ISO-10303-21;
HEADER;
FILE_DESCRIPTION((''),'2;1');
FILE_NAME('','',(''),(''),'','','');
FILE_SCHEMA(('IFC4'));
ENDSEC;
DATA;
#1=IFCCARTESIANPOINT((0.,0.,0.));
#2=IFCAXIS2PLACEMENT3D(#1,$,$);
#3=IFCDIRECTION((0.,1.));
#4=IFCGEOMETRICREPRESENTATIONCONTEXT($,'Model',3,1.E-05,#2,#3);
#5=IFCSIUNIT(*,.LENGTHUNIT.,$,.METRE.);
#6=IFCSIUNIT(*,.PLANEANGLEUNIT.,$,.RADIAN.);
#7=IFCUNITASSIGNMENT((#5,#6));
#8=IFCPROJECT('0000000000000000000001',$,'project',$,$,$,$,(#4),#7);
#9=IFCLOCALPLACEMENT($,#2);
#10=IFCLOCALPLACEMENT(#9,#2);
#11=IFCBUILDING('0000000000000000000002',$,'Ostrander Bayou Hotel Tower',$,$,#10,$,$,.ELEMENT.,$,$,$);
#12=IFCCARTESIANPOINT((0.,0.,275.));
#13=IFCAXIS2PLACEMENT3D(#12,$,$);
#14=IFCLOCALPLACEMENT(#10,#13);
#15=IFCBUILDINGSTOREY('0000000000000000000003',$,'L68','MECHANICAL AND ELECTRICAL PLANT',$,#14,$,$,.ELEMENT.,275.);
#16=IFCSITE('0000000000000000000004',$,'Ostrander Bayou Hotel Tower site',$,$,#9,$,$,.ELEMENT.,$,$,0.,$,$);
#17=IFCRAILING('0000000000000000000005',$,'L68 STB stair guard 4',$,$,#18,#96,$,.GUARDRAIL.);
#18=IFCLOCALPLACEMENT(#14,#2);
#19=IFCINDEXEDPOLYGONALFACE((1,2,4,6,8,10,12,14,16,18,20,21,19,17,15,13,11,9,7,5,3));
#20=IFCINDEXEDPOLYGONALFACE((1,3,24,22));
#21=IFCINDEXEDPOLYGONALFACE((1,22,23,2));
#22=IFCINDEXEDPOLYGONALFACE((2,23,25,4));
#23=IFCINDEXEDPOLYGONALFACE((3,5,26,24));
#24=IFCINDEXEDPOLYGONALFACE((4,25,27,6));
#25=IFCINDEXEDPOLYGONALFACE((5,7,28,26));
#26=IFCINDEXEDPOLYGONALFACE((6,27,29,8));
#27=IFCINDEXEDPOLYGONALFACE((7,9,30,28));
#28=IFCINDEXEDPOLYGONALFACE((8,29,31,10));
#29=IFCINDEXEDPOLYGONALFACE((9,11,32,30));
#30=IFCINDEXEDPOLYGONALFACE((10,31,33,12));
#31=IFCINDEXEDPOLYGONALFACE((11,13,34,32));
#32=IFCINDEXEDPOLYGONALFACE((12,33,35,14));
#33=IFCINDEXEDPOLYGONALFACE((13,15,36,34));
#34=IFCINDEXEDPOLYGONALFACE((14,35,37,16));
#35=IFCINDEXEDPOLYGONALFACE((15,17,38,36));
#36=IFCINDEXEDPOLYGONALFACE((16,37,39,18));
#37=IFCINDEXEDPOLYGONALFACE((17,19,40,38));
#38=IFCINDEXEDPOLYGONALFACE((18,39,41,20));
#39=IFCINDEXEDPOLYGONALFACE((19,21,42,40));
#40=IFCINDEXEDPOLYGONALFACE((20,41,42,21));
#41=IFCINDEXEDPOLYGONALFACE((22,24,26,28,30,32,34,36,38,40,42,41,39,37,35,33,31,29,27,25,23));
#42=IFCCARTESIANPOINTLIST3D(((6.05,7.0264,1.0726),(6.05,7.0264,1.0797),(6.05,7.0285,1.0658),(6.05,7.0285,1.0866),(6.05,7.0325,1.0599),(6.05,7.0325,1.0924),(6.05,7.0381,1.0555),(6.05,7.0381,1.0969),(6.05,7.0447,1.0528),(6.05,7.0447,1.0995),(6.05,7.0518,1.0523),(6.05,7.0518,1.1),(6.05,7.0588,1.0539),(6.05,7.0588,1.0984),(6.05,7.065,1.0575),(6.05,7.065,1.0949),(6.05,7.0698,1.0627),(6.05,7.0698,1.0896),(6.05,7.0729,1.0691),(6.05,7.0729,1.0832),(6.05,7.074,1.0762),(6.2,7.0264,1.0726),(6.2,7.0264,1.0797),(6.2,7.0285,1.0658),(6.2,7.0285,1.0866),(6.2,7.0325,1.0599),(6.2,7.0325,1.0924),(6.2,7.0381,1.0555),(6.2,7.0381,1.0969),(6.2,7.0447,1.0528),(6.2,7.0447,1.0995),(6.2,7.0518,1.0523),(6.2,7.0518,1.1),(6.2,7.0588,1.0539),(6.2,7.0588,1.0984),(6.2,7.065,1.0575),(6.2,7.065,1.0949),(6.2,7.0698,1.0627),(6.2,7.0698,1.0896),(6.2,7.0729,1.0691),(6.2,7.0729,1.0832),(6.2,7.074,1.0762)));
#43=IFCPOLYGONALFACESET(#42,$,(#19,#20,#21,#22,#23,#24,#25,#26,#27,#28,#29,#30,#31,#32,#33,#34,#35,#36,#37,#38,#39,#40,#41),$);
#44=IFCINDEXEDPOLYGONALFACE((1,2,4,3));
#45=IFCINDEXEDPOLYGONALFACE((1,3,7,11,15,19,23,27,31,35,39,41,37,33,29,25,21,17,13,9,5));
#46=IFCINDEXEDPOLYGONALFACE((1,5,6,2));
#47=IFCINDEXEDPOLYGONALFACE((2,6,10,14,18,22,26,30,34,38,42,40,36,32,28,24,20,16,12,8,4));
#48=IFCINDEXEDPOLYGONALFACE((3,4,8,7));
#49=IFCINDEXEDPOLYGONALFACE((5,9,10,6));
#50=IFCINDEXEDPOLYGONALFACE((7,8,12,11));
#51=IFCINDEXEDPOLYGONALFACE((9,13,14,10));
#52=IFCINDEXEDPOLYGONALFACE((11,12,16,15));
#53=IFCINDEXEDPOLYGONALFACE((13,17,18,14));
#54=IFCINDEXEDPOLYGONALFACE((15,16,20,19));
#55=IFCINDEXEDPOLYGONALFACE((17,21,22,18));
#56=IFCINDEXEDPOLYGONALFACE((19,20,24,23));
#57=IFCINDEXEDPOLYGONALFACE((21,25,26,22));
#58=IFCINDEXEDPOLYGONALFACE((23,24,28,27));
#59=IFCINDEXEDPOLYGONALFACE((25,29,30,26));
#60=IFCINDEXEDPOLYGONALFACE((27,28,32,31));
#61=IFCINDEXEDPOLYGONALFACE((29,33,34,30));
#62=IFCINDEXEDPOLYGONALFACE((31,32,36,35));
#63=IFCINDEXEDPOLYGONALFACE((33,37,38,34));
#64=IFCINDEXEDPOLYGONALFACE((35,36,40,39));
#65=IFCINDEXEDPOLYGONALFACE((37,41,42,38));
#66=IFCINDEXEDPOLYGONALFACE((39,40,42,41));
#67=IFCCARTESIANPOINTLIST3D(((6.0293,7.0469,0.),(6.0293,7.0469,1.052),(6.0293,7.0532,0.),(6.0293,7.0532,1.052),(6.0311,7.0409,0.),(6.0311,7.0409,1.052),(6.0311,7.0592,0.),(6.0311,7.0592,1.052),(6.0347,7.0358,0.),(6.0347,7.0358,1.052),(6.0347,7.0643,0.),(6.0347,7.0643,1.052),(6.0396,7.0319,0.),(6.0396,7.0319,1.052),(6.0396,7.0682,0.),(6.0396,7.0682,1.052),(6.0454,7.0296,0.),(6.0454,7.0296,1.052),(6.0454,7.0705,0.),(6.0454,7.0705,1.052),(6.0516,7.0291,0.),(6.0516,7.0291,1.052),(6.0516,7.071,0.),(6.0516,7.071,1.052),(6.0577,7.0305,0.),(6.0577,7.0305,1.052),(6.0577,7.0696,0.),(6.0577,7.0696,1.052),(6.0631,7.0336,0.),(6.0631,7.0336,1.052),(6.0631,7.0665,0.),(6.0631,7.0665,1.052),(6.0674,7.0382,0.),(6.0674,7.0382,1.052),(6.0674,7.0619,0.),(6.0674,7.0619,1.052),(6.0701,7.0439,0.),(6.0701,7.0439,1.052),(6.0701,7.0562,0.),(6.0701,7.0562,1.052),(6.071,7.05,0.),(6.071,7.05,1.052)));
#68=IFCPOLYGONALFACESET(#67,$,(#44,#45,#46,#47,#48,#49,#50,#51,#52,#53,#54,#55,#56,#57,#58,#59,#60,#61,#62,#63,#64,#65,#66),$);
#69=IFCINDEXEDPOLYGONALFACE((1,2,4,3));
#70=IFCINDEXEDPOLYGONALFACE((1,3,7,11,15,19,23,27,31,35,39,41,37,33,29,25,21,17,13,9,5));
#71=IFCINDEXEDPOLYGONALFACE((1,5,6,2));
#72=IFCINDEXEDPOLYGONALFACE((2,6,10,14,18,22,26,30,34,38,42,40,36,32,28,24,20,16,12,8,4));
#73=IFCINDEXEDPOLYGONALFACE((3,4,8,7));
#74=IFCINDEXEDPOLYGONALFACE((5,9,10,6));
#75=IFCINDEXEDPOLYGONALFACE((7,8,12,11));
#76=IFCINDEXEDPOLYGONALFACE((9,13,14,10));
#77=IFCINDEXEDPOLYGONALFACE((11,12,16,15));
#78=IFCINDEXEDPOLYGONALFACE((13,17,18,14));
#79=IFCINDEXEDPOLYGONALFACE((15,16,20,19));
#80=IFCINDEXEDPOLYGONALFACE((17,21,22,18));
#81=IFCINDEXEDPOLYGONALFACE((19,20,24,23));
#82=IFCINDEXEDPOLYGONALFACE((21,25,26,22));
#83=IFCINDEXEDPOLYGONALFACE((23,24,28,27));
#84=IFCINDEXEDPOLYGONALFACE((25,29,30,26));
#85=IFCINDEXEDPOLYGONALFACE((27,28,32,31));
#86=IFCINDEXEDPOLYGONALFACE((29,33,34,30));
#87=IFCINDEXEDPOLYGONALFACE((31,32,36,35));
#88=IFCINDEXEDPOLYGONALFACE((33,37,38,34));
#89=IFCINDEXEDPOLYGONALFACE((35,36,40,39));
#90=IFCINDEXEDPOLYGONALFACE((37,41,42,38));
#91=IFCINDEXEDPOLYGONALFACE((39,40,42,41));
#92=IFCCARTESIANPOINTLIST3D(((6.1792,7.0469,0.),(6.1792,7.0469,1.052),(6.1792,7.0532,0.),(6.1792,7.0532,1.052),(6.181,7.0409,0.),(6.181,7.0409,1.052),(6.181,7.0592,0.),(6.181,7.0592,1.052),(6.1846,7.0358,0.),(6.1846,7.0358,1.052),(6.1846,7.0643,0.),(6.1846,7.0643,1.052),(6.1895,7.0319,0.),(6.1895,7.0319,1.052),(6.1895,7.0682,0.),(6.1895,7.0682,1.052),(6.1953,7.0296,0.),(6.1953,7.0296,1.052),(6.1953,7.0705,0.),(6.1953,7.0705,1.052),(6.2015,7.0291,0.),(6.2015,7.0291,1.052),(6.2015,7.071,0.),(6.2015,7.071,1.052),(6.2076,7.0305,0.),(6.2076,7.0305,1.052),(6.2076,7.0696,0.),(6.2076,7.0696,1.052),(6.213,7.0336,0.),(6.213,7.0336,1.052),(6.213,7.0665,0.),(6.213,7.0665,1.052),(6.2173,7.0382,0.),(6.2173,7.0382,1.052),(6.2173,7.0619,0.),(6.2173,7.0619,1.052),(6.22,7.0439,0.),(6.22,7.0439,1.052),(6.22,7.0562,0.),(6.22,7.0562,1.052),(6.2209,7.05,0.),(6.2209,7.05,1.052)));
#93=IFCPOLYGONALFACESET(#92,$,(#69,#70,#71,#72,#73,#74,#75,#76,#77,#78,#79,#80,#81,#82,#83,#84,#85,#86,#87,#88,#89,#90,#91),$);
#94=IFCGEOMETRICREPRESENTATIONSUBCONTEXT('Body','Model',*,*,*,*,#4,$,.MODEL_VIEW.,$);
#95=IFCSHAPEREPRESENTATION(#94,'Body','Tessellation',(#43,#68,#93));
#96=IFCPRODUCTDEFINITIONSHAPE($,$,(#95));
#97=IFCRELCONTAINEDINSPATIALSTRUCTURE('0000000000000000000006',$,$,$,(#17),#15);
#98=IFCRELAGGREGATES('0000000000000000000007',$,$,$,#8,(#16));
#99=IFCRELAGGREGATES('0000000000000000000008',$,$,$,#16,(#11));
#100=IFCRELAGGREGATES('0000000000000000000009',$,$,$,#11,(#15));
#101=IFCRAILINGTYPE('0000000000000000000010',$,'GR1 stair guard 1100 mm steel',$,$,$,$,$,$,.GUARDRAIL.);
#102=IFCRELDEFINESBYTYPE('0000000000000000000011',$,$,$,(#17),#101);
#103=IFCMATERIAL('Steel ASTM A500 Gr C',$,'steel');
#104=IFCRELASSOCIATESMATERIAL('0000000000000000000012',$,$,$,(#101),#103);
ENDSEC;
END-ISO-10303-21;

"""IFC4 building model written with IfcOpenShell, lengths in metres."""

from ifc_helpers import new_model, si_unit, direction, frame, origin, origin_2d, place, context, subcontext, project, spatial, circle, extrude, material, type_object, element, save


model = new_model("IFC4")

# Units and contexts
model_context = context("Model", 3, precision=1e-05, world=origin(), true_north=direction((0.0, 1.0)))
body_context = subcontext(model_context, "Body", "Model", "MODEL_VIEW")
ifc_project = project(units=[si_unit("LENGTHUNIT", "METRE"), si_unit("PLANEANGLEUNIT", "RADIAN")], contexts=[model_context])

# Site, building, storey
site_placement = place(None, origin())
site = spatial("IfcSite", under=ifc_project, at=site_placement, Name="Ostrander Bayou Hotel Tower site", CompositionType="ELEMENT", RefElevation=0.0)
building_placement = place(site_placement, origin())
building = spatial("IfcBuilding", under=site, at=building_placement, Name="Ostrander Bayou Hotel Tower", CompositionType="ELEMENT")
storey_placement = place(building_placement, frame((0.0, 0.0, 275.0)))
storey = spatial("IfcBuildingStorey", under=building, at=storey_placement, Name="L68", Description="MECHANICAL AND ELECTRICAL PLANT", CompositionType="ELEMENT", Elevation=275.0)

# Railing
ifc_material_1 = material(Name="Steel ASTM A500 Gr C", Category="steel")
railing_type_1 = type_object("IfcRailingType", Name="GR1 stair guard 1100 mm steel", PredefinedType="GUARDRAIL", material=ifc_material_1)
railing_1_placement = place(storey_placement, frame((6.05, 7.05, 0.0)))
element("IfcRailing", 1, at=railing_1_placement, inside=storey, type_object=railing_type_1, Name="L68 STB stair guard 4", PredefinedType="GUARDRAIL", context=body_context, shape_type="SweptSolid", body=[
    extrude(circle(Radius=0.0239, at=origin_2d()), frame((0.0, 0.0, 1.0762), z_axis=(1.0, 0.0, 0.0), x_axis=(0.0, 1.0, 0.0)), (0.0, 0.0, 1.0), 0.1499),
    extrude(circle(Radius=0.021, at=origin_2d()), origin(), (0.0, 0.0, 1.0), 1.052),
    extrude(circle(Radius=0.021, at=origin_2d()), frame((0.1499, 0.0, 0.0)), (0.0, 0.0, 1.0), 1.052),
])

save(model, "model.ifc")
